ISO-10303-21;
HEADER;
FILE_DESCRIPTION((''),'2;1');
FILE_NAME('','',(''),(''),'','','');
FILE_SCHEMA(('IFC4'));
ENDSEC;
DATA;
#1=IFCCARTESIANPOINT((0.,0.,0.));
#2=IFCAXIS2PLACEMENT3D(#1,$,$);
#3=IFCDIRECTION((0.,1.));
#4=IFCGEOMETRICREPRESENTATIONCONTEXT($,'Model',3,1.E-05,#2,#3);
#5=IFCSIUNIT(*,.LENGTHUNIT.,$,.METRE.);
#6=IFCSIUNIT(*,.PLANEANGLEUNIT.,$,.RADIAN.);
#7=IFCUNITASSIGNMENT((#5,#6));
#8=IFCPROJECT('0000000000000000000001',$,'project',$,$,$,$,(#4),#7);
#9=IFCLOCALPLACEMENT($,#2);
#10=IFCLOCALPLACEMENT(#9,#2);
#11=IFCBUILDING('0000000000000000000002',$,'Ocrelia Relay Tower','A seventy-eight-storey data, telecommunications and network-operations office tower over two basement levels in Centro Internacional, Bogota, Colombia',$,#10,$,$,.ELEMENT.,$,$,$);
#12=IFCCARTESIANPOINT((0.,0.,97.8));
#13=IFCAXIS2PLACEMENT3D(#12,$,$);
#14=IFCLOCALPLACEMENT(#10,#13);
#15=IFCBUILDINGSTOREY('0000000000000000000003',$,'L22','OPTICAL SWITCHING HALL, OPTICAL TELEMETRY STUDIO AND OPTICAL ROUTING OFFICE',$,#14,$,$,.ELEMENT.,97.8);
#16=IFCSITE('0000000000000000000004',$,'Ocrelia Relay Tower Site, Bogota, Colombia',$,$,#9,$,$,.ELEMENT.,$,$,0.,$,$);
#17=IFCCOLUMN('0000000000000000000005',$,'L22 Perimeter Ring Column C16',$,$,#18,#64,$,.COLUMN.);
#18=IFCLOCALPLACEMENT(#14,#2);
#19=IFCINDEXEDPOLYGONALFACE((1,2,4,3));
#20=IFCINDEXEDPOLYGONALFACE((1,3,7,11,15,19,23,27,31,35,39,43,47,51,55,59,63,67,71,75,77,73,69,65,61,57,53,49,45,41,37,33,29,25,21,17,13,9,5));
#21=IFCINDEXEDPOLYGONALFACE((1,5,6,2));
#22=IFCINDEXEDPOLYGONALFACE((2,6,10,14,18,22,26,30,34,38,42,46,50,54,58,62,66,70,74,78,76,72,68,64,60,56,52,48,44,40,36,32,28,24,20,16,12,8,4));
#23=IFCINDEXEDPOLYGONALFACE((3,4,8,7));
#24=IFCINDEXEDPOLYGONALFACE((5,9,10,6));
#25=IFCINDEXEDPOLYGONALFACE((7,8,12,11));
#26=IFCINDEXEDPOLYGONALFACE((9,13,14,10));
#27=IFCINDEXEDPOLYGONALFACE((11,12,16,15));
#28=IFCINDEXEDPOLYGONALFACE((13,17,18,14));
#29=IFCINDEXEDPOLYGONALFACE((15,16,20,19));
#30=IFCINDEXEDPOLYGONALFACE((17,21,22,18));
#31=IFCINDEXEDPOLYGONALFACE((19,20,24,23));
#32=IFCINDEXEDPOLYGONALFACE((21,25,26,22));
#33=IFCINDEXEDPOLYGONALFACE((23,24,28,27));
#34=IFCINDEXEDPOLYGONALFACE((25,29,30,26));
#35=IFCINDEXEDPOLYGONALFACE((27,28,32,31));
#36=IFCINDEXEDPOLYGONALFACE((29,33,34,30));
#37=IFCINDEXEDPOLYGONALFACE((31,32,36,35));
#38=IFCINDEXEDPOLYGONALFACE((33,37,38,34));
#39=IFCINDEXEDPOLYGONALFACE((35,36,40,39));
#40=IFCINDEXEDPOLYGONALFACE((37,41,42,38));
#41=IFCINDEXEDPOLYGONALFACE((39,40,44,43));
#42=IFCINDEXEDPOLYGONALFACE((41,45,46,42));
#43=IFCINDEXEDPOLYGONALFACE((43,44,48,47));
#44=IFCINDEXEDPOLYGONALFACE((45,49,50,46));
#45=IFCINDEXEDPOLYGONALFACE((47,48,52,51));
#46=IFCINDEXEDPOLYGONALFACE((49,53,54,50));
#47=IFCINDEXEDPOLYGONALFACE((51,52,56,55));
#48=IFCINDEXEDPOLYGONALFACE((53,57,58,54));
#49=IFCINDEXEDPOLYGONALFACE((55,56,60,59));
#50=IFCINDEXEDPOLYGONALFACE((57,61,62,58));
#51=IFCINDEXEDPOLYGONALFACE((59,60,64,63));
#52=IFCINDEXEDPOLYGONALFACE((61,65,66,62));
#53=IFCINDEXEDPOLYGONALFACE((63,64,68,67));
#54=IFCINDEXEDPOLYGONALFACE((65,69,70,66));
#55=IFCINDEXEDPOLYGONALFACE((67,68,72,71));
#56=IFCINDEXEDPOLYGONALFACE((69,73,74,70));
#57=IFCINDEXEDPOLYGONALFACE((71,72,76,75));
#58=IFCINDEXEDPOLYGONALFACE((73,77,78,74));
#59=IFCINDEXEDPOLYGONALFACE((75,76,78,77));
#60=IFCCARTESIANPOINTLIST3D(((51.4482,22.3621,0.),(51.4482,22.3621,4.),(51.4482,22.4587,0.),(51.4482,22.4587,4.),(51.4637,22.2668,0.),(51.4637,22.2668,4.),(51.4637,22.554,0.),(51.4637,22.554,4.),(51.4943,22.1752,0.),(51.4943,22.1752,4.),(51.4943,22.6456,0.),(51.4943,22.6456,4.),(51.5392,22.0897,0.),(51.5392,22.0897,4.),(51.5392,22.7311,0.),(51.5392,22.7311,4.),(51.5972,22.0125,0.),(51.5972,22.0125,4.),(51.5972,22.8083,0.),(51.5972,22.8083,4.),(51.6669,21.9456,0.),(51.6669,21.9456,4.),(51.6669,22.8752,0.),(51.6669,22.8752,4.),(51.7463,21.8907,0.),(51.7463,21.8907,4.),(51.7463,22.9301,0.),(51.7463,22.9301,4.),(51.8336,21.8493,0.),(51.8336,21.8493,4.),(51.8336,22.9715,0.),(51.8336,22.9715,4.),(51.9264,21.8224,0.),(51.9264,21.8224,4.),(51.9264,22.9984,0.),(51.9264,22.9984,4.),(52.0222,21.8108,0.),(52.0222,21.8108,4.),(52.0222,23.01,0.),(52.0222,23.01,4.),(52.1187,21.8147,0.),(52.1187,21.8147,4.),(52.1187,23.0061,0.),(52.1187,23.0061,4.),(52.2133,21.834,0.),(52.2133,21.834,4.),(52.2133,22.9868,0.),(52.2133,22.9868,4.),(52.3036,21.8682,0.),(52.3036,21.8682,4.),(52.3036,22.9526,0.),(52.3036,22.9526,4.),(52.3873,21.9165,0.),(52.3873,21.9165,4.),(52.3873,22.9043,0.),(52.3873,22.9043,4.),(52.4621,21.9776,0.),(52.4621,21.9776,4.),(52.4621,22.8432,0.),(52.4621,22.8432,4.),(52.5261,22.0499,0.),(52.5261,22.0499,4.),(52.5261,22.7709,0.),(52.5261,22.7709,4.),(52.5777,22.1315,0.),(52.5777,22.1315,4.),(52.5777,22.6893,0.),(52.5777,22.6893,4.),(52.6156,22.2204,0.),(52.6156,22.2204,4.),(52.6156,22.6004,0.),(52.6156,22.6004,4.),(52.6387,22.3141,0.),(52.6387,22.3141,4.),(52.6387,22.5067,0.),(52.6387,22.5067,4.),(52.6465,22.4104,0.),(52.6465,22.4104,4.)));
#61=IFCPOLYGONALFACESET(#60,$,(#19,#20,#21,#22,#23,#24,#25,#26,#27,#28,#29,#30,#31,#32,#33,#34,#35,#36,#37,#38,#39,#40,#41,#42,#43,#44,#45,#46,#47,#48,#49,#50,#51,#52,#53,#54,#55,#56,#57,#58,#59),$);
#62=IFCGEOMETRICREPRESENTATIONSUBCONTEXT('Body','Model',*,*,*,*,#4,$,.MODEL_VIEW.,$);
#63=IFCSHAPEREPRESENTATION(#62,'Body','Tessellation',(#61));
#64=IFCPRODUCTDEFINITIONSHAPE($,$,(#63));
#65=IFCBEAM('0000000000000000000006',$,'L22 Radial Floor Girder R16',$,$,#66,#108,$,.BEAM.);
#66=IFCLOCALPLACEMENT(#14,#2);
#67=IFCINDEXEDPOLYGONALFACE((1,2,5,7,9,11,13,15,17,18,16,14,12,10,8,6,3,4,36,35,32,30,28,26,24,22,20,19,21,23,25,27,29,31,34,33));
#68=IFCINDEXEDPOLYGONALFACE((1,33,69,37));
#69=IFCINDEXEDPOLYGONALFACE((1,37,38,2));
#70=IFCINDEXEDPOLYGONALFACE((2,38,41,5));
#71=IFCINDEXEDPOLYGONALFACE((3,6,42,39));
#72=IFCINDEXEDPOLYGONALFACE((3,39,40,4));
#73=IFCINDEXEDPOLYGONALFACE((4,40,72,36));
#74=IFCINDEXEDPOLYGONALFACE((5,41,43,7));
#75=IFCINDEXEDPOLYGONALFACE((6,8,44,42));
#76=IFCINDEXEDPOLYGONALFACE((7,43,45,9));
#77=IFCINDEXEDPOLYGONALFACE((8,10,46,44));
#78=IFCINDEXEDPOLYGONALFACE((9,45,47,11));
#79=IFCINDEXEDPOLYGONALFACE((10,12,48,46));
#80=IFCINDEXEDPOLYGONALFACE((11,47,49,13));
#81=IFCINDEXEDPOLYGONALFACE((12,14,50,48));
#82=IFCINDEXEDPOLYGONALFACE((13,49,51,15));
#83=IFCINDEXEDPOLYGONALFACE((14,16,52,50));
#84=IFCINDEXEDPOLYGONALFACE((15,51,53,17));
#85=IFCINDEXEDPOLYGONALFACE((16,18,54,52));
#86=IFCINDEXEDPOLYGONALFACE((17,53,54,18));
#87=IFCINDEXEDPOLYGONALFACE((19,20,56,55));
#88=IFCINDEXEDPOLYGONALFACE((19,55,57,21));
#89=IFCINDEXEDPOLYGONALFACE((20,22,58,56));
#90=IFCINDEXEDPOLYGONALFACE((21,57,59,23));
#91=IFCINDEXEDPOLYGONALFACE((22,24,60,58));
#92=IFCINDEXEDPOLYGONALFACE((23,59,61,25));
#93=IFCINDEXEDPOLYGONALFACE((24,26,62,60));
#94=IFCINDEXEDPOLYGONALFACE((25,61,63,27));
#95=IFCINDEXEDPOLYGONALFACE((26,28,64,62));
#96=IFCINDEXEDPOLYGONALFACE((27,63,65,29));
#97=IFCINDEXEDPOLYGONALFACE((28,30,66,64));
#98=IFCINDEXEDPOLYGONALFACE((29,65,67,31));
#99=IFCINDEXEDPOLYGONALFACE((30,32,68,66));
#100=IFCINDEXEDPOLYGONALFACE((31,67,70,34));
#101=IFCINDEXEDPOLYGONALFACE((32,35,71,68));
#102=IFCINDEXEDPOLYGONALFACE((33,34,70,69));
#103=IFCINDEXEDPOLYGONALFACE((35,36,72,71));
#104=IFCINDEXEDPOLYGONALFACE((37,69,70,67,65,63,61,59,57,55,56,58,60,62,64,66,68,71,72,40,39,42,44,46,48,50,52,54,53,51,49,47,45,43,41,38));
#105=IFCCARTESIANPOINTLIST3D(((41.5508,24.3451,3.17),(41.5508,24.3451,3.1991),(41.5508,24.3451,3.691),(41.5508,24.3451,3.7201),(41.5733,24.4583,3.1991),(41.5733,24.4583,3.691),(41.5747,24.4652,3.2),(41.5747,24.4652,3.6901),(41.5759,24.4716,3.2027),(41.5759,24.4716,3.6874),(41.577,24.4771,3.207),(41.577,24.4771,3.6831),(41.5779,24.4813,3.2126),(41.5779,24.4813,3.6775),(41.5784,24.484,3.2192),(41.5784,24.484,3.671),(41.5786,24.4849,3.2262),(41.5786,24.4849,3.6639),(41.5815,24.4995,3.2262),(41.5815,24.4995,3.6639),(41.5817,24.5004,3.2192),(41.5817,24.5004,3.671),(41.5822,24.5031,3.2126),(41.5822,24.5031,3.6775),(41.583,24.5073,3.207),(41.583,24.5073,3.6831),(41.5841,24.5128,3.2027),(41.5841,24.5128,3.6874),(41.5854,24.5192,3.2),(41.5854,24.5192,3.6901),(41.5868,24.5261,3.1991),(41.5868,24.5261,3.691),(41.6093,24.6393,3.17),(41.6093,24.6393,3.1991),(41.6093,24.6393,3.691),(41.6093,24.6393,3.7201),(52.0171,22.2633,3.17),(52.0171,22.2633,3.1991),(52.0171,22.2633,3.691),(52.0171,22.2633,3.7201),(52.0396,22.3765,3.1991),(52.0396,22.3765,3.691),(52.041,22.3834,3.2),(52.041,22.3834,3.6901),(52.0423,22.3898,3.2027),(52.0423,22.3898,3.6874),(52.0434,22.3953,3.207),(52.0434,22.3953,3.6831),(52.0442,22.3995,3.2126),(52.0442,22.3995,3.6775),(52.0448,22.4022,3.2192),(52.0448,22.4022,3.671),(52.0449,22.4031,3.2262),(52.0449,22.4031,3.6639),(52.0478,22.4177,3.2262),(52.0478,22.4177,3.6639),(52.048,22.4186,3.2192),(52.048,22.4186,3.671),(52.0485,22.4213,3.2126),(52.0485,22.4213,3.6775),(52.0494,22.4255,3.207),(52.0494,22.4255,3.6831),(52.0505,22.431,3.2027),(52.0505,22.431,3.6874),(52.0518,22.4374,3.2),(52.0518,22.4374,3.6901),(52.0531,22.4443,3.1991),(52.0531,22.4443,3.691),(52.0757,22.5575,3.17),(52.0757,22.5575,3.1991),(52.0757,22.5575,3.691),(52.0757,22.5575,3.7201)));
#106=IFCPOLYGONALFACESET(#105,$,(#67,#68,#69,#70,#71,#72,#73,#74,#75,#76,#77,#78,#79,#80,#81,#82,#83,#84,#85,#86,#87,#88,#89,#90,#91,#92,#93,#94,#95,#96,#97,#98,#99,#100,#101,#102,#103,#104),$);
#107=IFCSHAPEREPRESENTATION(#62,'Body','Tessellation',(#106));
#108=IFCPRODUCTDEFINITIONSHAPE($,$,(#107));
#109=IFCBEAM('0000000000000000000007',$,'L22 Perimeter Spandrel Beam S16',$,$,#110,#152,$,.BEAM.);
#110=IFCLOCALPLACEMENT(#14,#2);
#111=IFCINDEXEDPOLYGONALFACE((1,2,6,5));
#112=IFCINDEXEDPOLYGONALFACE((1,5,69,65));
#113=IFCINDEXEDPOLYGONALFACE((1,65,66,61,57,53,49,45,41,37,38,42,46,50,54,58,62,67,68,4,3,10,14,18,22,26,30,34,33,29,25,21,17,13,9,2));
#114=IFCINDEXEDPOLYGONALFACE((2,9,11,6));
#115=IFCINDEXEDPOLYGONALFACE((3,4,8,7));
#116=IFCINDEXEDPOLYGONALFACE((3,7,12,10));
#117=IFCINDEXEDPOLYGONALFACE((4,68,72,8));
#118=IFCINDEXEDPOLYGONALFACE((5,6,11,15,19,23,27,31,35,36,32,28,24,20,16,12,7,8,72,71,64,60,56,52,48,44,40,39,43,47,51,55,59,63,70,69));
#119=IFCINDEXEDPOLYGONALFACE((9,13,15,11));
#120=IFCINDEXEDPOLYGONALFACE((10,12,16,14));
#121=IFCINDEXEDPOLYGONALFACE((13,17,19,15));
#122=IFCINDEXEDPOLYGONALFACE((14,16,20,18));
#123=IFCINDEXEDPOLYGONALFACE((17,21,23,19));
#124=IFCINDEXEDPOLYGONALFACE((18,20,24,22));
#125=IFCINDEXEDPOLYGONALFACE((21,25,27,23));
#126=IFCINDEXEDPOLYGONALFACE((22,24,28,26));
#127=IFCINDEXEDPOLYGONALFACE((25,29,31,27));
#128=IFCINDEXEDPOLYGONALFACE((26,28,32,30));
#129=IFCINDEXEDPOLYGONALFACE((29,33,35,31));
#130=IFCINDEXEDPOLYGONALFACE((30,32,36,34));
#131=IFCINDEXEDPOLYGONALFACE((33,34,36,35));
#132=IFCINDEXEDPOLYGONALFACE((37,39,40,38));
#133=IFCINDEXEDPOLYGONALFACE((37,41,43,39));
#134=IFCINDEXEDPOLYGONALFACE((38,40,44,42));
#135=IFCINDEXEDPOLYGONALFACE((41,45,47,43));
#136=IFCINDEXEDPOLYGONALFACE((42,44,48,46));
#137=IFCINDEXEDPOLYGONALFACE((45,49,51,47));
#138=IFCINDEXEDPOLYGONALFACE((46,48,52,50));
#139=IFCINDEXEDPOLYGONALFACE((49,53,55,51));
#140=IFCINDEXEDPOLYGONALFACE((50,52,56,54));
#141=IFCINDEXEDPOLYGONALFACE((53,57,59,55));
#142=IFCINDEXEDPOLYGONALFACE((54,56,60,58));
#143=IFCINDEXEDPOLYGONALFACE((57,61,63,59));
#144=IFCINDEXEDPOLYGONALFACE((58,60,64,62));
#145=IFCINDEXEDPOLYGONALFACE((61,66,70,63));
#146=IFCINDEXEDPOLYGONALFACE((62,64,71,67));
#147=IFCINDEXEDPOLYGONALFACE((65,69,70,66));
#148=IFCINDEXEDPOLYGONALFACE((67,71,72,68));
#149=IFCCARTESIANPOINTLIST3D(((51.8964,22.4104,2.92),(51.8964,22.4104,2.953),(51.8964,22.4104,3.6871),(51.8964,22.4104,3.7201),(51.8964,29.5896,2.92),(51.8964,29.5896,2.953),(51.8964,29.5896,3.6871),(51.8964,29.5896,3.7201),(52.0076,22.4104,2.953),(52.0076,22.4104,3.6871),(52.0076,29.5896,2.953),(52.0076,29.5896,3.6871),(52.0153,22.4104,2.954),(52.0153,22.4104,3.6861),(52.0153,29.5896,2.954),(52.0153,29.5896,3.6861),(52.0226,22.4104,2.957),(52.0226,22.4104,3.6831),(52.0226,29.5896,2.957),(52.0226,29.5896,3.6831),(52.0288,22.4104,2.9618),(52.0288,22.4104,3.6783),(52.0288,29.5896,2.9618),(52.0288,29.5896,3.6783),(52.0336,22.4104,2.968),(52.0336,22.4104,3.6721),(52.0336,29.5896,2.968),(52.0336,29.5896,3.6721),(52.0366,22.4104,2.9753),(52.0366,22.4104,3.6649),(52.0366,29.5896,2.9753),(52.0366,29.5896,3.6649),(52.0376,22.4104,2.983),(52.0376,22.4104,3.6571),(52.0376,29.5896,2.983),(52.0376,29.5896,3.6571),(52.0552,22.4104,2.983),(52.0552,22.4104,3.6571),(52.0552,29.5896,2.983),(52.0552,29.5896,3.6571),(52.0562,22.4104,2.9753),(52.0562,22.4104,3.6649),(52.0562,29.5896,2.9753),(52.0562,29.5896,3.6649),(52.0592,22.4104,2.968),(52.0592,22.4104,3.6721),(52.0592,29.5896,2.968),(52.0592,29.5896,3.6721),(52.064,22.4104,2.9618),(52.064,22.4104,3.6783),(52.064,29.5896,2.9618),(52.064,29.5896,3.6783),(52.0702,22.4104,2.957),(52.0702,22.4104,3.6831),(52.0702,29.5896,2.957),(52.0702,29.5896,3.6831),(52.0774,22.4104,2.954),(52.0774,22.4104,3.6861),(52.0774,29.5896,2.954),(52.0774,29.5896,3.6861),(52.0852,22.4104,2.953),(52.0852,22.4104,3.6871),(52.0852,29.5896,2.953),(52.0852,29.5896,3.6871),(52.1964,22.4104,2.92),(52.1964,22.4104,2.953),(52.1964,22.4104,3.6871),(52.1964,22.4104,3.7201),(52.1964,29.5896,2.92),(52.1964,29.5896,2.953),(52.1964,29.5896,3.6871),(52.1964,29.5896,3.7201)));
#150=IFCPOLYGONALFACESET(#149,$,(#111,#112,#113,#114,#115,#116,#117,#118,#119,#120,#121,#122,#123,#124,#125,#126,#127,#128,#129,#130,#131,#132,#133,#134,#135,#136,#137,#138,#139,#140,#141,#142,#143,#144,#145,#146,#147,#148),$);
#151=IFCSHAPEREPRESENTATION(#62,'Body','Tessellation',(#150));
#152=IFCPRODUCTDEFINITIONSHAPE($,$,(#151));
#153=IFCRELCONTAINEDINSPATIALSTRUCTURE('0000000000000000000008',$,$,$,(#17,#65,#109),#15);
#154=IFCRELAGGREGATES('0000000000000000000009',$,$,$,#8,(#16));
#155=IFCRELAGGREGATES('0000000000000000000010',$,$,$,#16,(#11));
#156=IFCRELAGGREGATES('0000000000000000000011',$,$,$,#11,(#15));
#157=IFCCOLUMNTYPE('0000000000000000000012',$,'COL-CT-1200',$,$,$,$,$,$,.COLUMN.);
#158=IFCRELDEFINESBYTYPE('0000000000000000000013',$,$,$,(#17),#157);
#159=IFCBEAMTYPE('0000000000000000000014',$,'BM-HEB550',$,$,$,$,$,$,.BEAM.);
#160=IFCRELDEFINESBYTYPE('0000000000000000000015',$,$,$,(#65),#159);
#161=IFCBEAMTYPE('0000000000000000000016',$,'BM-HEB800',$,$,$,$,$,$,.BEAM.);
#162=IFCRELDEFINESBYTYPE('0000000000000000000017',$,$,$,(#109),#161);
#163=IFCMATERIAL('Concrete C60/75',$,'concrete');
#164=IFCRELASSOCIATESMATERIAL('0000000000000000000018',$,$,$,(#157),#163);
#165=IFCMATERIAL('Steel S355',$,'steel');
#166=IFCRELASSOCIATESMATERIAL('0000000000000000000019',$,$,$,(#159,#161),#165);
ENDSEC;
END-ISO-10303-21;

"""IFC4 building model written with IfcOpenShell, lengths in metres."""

from ifc_helpers import new_model, si_unit, direction, frame, origin, origin_2d, place, context, subcontext, project, spatial, circle, i_section, extrude, material, material_profile, profile_set, type_object, element, save


model = new_model("IFC4")

# Units and contexts
model_context = context("Model", 3, precision=1e-05, world=origin(), true_north=direction((0.0, 1.0)))
body_context = subcontext(model_context, "Body", "Model", "MODEL_VIEW")
ifc_project = project(units=[si_unit("LENGTHUNIT", "METRE"), si_unit("PLANEANGLEUNIT", "RADIAN")], contexts=[model_context])

# Site, building, storey
site_placement = place(None, origin())
site = spatial("IfcSite", under=ifc_project, at=site_placement, Name="Ocrelia Relay Tower Site, Bogota, Colombia", CompositionType="ELEMENT", RefElevation=0.0)
building_placement = place(site_placement, origin())
building = spatial("IfcBuilding", under=site, at=building_placement, Name="Ocrelia Relay Tower", Description="A seventy-eight-storey data, telecommunications and network-operations office tower over two basement levels in Centro Internacional, Bogota, Colombia", CompositionType="ELEMENT")
storey_placement = place(building_placement, frame((0.0, 0.0, 97.8)))
storey = spatial("IfcBuildingStorey", under=building, at=storey_placement, Name="L22", Description="OPTICAL SWITCHING HALL, OPTICAL TELEMETRY STUDIO AND OPTICAL ROUTING OFFICE", CompositionType="ELEMENT", Elevation=97.8)

# Column
ifc_material_1 = material(Name="Concrete C60/75", Category="concrete")
ifc_material_profile_1 = material_profile(ifc_material_1, circle(Radius=0.6001, at=origin_2d()), Name="RC-CIR-1200")
ifc_profile_set_1 = profile_set([ifc_material_profile_1], Name="Concrete C60/75")
column_type = type_object("IfcColumnType", Name="COL-CT-1200", PredefinedType="COLUMN", material=ifc_profile_set_1)
column_placement = place(storey_placement, frame((52.0464, 22.4104, 0.0), z_axis=(0.0, 0.0, 1.0), x_axis=(1.0, 0.0, 0.0)))
element("IfcColumn", 1, at=column_placement, inside=storey, type_object=column_type, Name="L22 Perimeter Ring Column C16", PredefinedType="COLUMN", context=body_context, shape_type="SweptSolid", body=[
    extrude(circle(Radius=0.6001, at=origin_2d()), origin(), (0.0, 0.0, 1.0), 4.0),
])

# Beams
ifc_material_2 = material(Name="Steel S355", Category="steel")
ifc_material_profile_2 = material_profile(ifc_material_2, i_section(OverallWidth=0.3, OverallDepth=0.55, WebThickness=0.0149, FlangeThickness=0.0291, FilletRadius=0.0271, at=origin_2d()), Name="HEB 550")
ifc_profile_set_2 = profile_set([ifc_material_profile_2], Name="Steel S355")
beam_type_1 = type_object("IfcBeamType", Name="BM-HEB550", PredefinedType="BEAM", material=ifc_profile_set_2)
beam_1_placement = place(storey_placement, frame((52.0464, 22.4104, 3.4451), z_axis=(-0.980787, 0.195082, 0.0), x_axis=(-0.195082, -0.980787, 0.0)))
element("IfcBeam", 2, at=beam_1_placement, inside=storey, type_object=beam_type_1, Name="L22 Radial Floor Girder R16", PredefinedType="BEAM", context=body_context, shape_type="SweptSolid", body=[
    extrude(i_section(OverallWidth=0.3, OverallDepth=0.55, WebThickness=0.0149, FlangeThickness=0.0291, FilletRadius=0.0271, at=origin_2d()), origin(), (0.0, 0.0, 1.0), 10.6714),
])
ifc_material_profile_3 = material_profile(ifc_material_2, i_section(OverallWidth=0.3, OverallDepth=0.8, WebThickness=0.0176, FlangeThickness=0.033, FilletRadius=0.03, at=origin_2d()), Name="HEB 800")
ifc_profile_set_3 = profile_set([ifc_material_profile_3], Name="Steel S355")
beam_type_2 = type_object("IfcBeamType", Name="BM-HEB800", PredefinedType="BEAM", material=ifc_profile_set_3)
beam_2_placement = place(storey_placement, frame((52.0464, 22.4104, 3.3201), z_axis=(0.0, 1.0, 0.0), x_axis=(-1.0, 0.0, 0.0)))
element("IfcBeam", 3, at=beam_2_placement, inside=storey, type_object=beam_type_2, Name="L22 Perimeter Spandrel Beam S16", PredefinedType="BEAM", context=body_context, shape_type="SweptSolid", body=[
    extrude(i_section(OverallWidth=0.3, OverallDepth=0.8, WebThickness=0.0176, FlangeThickness=0.033, FilletRadius=0.03, at=origin_2d()), origin(), (0.0, 0.0, 1.0), 7.1792),
])

save(model, "model.ifc")
